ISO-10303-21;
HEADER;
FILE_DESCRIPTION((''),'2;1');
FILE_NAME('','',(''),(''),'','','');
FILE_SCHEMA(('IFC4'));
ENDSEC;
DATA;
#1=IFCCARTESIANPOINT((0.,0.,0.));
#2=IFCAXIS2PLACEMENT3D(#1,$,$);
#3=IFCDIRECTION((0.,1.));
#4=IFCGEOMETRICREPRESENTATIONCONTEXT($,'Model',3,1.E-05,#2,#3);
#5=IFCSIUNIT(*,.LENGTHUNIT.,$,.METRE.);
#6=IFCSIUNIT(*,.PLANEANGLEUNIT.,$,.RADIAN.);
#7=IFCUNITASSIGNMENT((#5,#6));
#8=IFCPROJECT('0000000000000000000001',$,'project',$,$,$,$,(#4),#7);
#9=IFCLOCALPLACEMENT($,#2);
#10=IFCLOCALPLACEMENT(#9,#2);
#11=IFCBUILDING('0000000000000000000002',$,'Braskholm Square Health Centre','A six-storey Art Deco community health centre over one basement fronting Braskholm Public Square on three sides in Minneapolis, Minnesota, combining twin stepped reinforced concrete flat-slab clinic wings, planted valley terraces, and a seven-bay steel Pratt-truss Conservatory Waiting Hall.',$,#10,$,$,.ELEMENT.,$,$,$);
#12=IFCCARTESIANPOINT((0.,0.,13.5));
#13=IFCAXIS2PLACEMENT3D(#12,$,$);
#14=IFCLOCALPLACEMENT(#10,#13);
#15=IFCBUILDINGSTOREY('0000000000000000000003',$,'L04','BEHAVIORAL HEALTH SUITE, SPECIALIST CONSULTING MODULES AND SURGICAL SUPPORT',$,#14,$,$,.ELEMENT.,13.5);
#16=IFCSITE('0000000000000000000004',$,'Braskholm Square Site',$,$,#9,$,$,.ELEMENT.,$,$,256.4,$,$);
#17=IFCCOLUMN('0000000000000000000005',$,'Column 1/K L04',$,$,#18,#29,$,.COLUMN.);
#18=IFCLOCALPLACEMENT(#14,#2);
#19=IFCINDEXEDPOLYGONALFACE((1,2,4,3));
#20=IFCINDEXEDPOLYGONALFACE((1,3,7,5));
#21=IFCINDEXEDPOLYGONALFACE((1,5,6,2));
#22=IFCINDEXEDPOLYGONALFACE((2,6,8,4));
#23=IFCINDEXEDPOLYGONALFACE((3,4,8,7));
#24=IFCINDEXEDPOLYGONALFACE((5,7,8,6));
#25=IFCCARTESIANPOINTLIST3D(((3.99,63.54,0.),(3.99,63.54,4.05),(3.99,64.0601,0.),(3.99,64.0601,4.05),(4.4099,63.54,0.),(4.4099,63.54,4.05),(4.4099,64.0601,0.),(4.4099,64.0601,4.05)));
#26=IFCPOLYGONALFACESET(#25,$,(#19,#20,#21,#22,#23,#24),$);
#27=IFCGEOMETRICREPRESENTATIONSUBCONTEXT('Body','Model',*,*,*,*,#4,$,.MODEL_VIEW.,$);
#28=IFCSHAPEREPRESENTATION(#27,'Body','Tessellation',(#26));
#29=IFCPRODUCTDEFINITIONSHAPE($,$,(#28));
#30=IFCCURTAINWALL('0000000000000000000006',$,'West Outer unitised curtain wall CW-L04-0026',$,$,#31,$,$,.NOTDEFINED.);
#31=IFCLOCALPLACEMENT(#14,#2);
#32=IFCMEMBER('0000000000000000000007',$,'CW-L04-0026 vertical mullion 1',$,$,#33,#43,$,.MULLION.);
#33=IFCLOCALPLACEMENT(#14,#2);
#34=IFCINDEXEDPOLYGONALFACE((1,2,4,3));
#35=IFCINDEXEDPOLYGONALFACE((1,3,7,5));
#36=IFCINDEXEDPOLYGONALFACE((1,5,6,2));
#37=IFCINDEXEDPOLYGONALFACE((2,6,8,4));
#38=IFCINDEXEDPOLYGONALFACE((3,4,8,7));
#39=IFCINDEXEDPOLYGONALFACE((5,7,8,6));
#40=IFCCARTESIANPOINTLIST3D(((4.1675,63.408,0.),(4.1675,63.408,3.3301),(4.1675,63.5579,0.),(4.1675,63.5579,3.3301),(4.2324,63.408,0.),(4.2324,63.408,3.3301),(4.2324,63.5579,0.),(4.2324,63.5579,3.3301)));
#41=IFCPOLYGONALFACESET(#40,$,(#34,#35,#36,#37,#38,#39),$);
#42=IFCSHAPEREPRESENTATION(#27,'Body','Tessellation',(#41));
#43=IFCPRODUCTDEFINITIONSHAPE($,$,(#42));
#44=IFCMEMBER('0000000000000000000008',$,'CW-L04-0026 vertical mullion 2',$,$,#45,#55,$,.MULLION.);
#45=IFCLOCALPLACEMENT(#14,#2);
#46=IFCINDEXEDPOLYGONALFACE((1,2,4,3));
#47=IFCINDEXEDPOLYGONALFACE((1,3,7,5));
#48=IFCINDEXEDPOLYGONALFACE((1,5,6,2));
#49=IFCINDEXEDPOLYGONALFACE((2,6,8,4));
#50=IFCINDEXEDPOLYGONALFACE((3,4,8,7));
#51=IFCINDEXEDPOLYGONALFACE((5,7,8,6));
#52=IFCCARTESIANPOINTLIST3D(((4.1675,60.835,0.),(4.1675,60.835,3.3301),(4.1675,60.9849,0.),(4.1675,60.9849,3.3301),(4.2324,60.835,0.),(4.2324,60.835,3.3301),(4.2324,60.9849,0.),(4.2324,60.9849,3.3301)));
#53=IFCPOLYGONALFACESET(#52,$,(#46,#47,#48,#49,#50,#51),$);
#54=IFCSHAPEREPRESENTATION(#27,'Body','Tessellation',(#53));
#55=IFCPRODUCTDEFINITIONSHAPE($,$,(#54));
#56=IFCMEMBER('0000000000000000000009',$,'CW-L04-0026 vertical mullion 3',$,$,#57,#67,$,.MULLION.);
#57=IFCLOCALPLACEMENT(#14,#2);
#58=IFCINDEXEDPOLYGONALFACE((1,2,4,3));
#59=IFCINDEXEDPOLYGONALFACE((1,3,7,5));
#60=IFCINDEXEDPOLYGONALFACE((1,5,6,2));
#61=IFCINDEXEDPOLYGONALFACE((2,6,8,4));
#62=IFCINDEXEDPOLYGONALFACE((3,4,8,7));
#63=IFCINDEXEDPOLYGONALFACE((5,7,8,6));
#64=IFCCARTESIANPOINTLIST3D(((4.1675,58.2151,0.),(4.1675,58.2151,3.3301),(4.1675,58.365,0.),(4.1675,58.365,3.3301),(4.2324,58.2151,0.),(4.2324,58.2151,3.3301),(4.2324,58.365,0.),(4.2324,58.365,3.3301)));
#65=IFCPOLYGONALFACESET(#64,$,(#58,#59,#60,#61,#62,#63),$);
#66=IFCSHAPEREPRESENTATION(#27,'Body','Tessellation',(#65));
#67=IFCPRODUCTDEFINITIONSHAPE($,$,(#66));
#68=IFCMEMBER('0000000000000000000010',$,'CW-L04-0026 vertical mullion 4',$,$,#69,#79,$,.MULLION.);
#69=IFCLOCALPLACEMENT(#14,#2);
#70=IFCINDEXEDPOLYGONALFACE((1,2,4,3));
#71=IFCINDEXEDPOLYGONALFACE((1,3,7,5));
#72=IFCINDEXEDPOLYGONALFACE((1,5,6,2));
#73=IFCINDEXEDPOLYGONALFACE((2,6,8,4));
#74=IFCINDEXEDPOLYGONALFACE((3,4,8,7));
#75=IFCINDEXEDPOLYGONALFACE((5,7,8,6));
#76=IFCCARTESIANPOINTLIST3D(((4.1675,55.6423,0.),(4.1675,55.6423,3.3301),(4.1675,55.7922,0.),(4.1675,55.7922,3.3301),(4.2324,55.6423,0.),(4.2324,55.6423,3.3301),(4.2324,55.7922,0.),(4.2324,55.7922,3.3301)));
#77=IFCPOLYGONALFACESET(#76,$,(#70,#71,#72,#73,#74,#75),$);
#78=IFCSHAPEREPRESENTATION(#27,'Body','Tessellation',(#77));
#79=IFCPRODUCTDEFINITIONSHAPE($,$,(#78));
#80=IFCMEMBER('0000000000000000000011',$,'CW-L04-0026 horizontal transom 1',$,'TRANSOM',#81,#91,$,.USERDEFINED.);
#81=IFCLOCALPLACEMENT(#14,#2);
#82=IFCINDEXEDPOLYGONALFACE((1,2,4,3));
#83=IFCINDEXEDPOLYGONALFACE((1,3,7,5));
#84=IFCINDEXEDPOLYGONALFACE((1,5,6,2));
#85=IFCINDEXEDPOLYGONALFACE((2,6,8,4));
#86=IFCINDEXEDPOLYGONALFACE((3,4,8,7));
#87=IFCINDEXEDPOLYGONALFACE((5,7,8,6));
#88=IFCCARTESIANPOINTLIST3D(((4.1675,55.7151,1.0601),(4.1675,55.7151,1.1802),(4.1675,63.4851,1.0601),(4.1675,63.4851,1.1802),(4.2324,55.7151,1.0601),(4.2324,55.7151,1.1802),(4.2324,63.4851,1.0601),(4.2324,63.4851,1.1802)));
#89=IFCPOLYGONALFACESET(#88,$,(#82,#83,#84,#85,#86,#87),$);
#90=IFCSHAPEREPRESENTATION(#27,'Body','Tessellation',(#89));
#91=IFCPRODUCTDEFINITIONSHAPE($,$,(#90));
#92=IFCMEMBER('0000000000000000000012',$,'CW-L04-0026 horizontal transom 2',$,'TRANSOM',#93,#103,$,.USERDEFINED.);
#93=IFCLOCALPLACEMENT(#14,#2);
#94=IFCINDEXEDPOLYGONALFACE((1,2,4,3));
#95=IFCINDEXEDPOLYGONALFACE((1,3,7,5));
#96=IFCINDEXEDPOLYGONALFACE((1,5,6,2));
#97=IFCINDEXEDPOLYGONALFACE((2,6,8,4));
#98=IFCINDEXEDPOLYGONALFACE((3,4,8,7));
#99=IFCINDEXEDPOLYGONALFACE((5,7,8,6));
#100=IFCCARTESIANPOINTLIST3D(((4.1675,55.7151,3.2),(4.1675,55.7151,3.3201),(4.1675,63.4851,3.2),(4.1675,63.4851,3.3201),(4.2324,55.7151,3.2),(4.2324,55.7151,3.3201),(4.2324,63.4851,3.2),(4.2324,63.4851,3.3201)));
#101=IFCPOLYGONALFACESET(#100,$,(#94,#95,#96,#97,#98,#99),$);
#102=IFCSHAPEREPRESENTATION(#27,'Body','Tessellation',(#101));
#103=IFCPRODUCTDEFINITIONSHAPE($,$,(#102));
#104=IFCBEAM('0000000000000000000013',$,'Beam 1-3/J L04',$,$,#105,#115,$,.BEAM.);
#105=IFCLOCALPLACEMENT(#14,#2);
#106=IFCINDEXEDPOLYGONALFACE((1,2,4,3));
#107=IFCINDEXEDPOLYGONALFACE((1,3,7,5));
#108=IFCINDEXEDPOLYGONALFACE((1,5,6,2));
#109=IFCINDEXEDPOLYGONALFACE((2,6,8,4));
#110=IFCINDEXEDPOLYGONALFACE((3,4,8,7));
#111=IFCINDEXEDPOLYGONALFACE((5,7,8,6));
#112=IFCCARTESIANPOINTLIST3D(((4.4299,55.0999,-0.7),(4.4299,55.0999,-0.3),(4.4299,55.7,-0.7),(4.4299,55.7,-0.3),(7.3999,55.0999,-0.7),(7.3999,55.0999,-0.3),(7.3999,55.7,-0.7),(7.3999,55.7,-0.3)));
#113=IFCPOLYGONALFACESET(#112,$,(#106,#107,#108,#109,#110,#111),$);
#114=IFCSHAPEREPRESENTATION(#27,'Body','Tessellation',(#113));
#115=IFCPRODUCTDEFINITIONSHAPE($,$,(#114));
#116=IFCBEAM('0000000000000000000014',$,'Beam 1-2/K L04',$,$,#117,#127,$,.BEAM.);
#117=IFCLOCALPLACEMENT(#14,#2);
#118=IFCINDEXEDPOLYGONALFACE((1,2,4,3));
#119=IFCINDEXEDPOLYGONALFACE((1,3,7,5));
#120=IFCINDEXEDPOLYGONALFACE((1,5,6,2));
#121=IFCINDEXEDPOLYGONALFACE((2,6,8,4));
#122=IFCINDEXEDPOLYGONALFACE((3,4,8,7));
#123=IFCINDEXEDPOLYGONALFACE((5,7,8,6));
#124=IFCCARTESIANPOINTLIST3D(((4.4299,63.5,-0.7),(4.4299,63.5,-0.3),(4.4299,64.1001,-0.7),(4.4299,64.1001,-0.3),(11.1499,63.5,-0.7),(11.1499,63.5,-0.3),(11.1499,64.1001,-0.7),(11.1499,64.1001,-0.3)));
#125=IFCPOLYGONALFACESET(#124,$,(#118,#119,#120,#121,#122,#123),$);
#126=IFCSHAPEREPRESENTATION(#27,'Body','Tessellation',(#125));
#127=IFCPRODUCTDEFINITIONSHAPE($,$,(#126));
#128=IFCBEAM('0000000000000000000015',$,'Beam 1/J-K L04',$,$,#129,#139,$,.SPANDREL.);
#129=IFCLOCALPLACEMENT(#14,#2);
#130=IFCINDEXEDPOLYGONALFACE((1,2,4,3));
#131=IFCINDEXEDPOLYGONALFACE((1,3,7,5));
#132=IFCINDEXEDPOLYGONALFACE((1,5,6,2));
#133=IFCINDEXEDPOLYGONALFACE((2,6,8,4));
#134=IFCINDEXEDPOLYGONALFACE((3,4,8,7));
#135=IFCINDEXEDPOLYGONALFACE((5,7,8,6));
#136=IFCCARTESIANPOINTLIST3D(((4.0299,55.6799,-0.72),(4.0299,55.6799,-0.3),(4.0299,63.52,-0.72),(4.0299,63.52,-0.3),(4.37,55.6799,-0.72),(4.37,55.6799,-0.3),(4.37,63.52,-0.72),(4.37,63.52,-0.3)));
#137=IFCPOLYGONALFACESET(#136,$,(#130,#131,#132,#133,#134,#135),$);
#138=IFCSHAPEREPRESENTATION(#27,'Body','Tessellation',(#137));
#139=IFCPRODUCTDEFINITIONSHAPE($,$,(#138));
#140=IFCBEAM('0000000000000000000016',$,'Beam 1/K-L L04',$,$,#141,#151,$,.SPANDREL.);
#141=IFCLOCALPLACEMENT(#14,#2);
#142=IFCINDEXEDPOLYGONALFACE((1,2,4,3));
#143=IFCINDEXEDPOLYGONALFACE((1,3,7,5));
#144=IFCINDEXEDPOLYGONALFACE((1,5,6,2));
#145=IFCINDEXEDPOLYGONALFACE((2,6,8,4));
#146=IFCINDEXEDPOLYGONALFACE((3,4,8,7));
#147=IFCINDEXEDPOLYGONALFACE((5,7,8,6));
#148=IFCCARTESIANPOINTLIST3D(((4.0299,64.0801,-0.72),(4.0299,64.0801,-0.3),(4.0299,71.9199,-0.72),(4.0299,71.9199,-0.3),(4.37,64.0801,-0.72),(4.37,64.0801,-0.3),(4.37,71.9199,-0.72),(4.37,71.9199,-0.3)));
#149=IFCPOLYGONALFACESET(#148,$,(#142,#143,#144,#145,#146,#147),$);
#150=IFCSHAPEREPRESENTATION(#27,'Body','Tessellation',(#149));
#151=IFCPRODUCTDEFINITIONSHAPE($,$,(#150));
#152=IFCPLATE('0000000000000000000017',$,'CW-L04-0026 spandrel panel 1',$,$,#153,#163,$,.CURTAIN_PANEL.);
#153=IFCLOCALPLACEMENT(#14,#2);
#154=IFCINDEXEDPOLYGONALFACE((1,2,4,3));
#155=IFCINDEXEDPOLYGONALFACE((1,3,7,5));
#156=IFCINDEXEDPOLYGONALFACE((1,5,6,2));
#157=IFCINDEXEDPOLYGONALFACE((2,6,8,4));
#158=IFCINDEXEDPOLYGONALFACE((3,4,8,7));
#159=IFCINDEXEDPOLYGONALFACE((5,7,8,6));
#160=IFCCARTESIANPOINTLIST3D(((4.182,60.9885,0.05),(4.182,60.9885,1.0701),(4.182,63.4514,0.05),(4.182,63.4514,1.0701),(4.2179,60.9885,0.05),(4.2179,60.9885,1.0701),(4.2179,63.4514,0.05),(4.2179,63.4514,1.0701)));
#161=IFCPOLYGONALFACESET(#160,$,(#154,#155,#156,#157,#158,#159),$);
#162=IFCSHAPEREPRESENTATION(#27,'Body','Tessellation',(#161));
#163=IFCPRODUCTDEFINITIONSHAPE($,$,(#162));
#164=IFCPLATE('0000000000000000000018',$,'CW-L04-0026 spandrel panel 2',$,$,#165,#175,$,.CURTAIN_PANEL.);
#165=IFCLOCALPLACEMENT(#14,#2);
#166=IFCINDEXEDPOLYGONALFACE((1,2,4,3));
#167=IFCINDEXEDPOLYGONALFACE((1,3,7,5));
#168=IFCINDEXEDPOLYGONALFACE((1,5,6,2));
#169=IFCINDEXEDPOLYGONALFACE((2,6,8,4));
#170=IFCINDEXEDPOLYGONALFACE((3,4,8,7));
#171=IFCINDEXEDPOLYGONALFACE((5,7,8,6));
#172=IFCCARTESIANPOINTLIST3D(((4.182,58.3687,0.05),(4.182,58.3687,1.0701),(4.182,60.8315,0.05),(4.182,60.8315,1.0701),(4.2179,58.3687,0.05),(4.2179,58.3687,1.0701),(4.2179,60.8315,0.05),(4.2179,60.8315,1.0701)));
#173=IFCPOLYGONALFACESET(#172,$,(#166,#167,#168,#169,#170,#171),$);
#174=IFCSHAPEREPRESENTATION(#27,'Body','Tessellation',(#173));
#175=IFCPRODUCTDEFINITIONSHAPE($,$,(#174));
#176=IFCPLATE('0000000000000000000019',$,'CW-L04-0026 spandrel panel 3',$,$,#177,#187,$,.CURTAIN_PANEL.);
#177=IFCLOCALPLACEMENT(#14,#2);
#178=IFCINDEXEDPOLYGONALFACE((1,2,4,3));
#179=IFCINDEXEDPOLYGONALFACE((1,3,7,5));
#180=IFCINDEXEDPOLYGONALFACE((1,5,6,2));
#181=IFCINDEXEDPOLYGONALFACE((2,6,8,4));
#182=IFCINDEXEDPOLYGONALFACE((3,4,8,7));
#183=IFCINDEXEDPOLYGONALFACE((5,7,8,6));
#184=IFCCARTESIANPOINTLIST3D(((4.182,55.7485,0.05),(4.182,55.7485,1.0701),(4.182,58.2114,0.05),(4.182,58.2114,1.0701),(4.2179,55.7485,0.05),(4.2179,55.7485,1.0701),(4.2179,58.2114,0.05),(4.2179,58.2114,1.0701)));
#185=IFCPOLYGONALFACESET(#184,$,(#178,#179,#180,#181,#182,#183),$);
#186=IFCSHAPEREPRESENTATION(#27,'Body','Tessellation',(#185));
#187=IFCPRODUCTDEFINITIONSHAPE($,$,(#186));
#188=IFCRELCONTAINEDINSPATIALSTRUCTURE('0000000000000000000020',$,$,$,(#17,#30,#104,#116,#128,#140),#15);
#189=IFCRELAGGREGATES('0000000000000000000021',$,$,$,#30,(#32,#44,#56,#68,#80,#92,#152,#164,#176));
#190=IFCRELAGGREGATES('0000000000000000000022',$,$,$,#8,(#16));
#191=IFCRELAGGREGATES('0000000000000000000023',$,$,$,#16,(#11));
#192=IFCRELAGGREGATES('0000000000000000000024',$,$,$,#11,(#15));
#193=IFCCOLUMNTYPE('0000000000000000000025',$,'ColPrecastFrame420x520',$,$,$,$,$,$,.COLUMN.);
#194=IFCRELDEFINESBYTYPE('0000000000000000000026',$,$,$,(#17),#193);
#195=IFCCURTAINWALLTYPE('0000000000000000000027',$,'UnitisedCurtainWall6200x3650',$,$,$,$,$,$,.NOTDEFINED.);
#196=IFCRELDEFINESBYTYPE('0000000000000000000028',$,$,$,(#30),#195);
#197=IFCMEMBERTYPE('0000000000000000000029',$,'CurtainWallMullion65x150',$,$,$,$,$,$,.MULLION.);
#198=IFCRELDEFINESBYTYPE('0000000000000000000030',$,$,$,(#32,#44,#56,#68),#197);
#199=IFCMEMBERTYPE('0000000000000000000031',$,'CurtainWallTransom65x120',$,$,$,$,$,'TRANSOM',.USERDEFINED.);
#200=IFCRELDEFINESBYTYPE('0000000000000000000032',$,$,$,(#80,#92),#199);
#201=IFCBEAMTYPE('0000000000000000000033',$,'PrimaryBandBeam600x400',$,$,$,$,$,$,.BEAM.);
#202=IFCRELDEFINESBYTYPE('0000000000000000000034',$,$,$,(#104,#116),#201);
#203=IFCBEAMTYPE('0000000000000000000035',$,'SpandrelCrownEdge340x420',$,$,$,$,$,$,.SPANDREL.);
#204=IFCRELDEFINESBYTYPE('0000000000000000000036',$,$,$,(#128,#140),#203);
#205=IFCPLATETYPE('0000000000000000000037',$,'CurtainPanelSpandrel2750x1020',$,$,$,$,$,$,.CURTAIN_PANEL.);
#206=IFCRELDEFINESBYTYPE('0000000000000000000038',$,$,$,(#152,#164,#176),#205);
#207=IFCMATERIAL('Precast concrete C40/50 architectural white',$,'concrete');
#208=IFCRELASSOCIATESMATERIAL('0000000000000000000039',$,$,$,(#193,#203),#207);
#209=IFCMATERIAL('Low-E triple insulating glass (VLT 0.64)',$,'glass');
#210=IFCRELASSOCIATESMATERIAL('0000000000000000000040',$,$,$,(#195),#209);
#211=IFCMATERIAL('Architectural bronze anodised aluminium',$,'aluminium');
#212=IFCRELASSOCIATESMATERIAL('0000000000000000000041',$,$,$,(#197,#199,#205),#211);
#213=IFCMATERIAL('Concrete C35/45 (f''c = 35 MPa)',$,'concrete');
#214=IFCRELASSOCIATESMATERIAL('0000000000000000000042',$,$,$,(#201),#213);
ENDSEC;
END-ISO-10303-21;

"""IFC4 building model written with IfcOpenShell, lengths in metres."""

from ifc_helpers import new_model, si_unit, direction, frame, origin, origin_2d, place, context, subcontext, project, spatial, rectangle, extrude, material, material_profile, profile_set, type_object, element, aggregate, save


model = new_model("IFC4")

# Units and contexts
model_context = context("Model", 3, precision=1e-05, world=origin(), true_north=direction((0.0, 1.0)))
body_context = subcontext(model_context, "Body", "Model", "MODEL_VIEW")
ifc_project = project(units=[si_unit("LENGTHUNIT", "METRE"), si_unit("PLANEANGLEUNIT", "RADIAN")], contexts=[model_context])

# Site, building, storey
site_placement = place(None, origin())
site = spatial("IfcSite", under=ifc_project, at=site_placement, Name="Braskholm Square Site", CompositionType="ELEMENT", RefElevation=256.4)
building_placement = place(site_placement, origin())
building = spatial("IfcBuilding", under=site, at=building_placement, Name="Braskholm Square Health Centre", Description="A six-storey Art Deco community health centre over one basement fronting Braskholm Public Square on three sides in Minneapolis, Minnesota, combining twin stepped reinforced concrete flat-slab clinic wings, planted valley terraces, and a seven-bay steel Pratt-truss Conservatory Waiting Hall.", CompositionType="ELEMENT")
storey_placement = place(building_placement, frame((0.0, 0.0, 13.5)))
storey = spatial("IfcBuildingStorey", under=building, at=storey_placement, Name="L04", Description="BEHAVIORAL HEALTH SUITE, SPECIALIST CONSULTING MODULES AND SURGICAL SUPPORT", CompositionType="ELEMENT", Elevation=13.5)

# Column
ifc_material_1 = material(Name="Precast concrete C40/50 architectural white", Category="concrete")
ifc_material_profile_1 = material_profile(ifc_material_1, rectangle(XDim=0.4199, YDim=0.52, at=origin_2d()), Name="RC-420X520")
ifc_profile_set_1 = profile_set([ifc_material_profile_1], Name="Precast concrete C40/50 architectural white")
column_type = type_object("IfcColumnType", Name="ColPrecastFrame420x520", PredefinedType="COLUMN", material=ifc_profile_set_1)
column_placement = place(storey_placement, frame((4.2, 63.8, 0.0), z_axis=(0.0, 0.0, 1.0), x_axis=(1.0, 0.0, 0.0)))
element("IfcColumn", 1, at=column_placement, inside=storey, type_object=column_type, Name="Column 1/K L04", PredefinedType="COLUMN", context=body_context, shape_type="SweptSolid", body=[
    extrude(rectangle(XDim=0.4199, YDim=0.52, at=origin_2d()), origin(), (0.0, 0.0, 1.0), 4.05),
])

# Curtain wall, members
ifc_material_2 = material(Name="Low-E triple insulating glass (VLT 0.64)", Category="glass")
curtain_wall_type = type_object("IfcCurtainWallType", Name="UnitisedCurtainWall6200x3650", PredefinedType="NOTDEFINED", material=ifc_material_2)
curtain_wall_placement = place(storey_placement, origin())
curtain_wall = element("IfcCurtainWall", 2, at=curtain_wall_placement, inside=storey, type_object=curtain_wall_type, Name="West Outer unitised curtain wall CW-L04-0026", PredefinedType="NOTDEFINED")
ifc_material_3 = material(Name="Architectural bronze anodised aluminium", Category="aluminium")
ifc_material_profile_2 = material_profile(ifc_material_3, rectangle(XDim=0.0649, YDim=0.1499, at=origin_2d()), Name="ALU-65X150")
ifc_profile_set_2 = profile_set([ifc_material_profile_2], Name="Architectural bronze anodised aluminium")
member_type_1 = type_object("IfcMemberType", Name="CurtainWallMullion65x150", PredefinedType="MULLION", material=ifc_profile_set_2)
member_1_placement = place(storey_placement, frame((4.2, 63.4829, 0.0), z_axis=(0.0, 0.0, 1.0), x_axis=(1.0, 0.0, 0.0)))
member_1 = element("IfcMember", 3, at=member_1_placement, type_object=member_type_1, Name="CW-L04-0026 vertical mullion 1", PredefinedType="MULLION", context=body_context, shape_type="SweptSolid", body=[
    extrude(rectangle(XDim=0.0649, YDim=0.1499, at=origin_2d()), origin(), (0.0, 0.0, 1.0), 3.3301),
])
member_2_placement = place(storey_placement, frame((4.2, 60.9099, 0.0), z_axis=(0.0, 0.0, 1.0), x_axis=(1.0, 0.0, 0.0)))
member_2 = element("IfcMember", 4, at=member_2_placement, type_object=member_type_1, Name="CW-L04-0026 vertical mullion 2", PredefinedType="MULLION", context=body_context, shape_type="SweptSolid", body=[
    extrude(rectangle(XDim=0.0649, YDim=0.1499, at=origin_2d()), origin(), (0.0, 0.0, 1.0), 3.3301),
])
member_3_placement = place(storey_placement, frame((4.2, 58.29, 0.0), z_axis=(0.0, 0.0, 1.0), x_axis=(1.0, 0.0, 0.0)))
member_3 = element("IfcMember", 5, at=member_3_placement, type_object=member_type_1, Name="CW-L04-0026 vertical mullion 3", PredefinedType="MULLION", context=body_context, shape_type="SweptSolid", body=[
    extrude(rectangle(XDim=0.0649, YDim=0.1499, at=origin_2d()), origin(), (0.0, 0.0, 1.0), 3.3301),
])
member_4_placement = place(storey_placement, frame((4.2, 55.7173, 0.0), z_axis=(0.0, 0.0, 1.0), x_axis=(1.0, 0.0, 0.0)))
member_4 = element("IfcMember", 6, at=member_4_placement, type_object=member_type_1, Name="CW-L04-0026 vertical mullion 4", PredefinedType="MULLION", context=body_context, shape_type="SweptSolid", body=[
    extrude(rectangle(XDim=0.0649, YDim=0.1499, at=origin_2d()), origin(), (0.0, 0.0, 1.0), 3.3301),
])
ifc_material_profile_3 = material_profile(ifc_material_3, rectangle(XDim=0.0649, YDim=0.1201, at=origin_2d()), Name="ALU-65X120")
ifc_profile_set_3 = profile_set([ifc_material_profile_3], Name="Architectural bronze anodised aluminium")
member_type_2 = type_object("IfcMemberType", Name="CurtainWallTransom65x120", ElementType="TRANSOM", PredefinedType="USERDEFINED", material=ifc_profile_set_3)
member_5_placement = place(storey_placement, frame((4.2, 63.4851, 1.1201), z_axis=(0.0, -1.0, 0.0), x_axis=(1.0, 0.0, 0.0)))
member_5 = element("IfcMember", 7, at=member_5_placement, type_object=member_type_2, Name="CW-L04-0026 horizontal transom 1", ObjectType="TRANSOM", PredefinedType="USERDEFINED", context=body_context, shape_type="SweptSolid", body=[
    extrude(rectangle(XDim=0.0649, YDim=0.1201, at=origin_2d()), origin(), (0.0, 0.0, 1.0), 7.77),
])
member_6_placement = place(storey_placement, frame((4.2, 63.4851, 3.26), z_axis=(0.0, -1.0, 0.0), x_axis=(1.0, 0.0, 0.0)))
member_6 = element("IfcMember", 8, at=member_6_placement, type_object=member_type_2, Name="CW-L04-0026 horizontal transom 2", ObjectType="TRANSOM", PredefinedType="USERDEFINED", context=body_context, shape_type="SweptSolid", body=[
    extrude(rectangle(XDim=0.0649, YDim=0.1201, at=origin_2d()), origin(), (0.0, 0.0, 1.0), 7.77),
])

# Beams
ifc_material_4 = material(Name="Concrete C35/45 (f'c = 35 MPa)", Category="concrete")
ifc_material_profile_4 = material_profile(ifc_material_4, rectangle(XDim=0.6001, YDim=0.3999, at=origin_2d()), Name="RCB-600X400")
ifc_profile_set_4 = profile_set([ifc_material_profile_4], Name="Concrete C35/45 (f'c = 35 MPa)")
beam_type_1 = type_object("IfcBeamType", Name="PrimaryBandBeam600x400", PredefinedType="BEAM", material=ifc_profile_set_4)
beam_1_placement = place(storey_placement, frame((4.4299, 55.3999, -0.5), z_axis=(1.0, 0.0, 0.0), x_axis=(0.0, 1.0, 0.0)))
element("IfcBeam", 9, at=beam_1_placement, inside=storey, type_object=beam_type_1, Name="Beam 1-3/J L04", PredefinedType="BEAM", context=body_context, shape_type="SweptSolid", body=[
    extrude(rectangle(XDim=0.6001, YDim=0.3999, at=origin_2d()), origin(), (0.0, 0.0, 1.0), 2.97),
])
beam_2_placement = place(storey_placement, frame((4.4299, 63.8, -0.5), z_axis=(1.0, 0.0, 0.0), x_axis=(0.0, 1.0, 0.0)))
element("IfcBeam", 10, at=beam_2_placement, inside=storey, type_object=beam_type_1, Name="Beam 1-2/K L04", PredefinedType="BEAM", context=body_context, shape_type="SweptSolid", body=[
    extrude(rectangle(XDim=0.6001, YDim=0.3999, at=origin_2d()), origin(), (0.0, 0.0, 1.0), 6.72),
])
ifc_material_profile_5 = material_profile(ifc_material_1, rectangle(XDim=0.3401, YDim=0.4199, at=origin_2d()), Name="RCB-340X420")
ifc_profile_set_5 = profile_set([ifc_material_profile_5], Name="Precast concrete C40/50 architectural white")
beam_type_2 = type_object("IfcBeamType", Name="SpandrelCrownEdge340x420", PredefinedType="SPANDREL", material=ifc_profile_set_5)
beam_3_placement = place(storey_placement, frame((4.2, 55.6799, -0.51), z_axis=(0.0, 1.0, 0.0), x_axis=(-1.0, 0.0, 0.0)))
element("IfcBeam", 11, at=beam_3_placement, inside=storey, type_object=beam_type_2, Name="Beam 1/J-K L04", PredefinedType="SPANDREL", context=body_context, shape_type="SweptSolid", body=[
    extrude(rectangle(XDim=0.3401, YDim=0.4199, at=origin_2d()), origin(), (0.0, 0.0, 1.0), 7.8401),
])
beam_4_placement = place(storey_placement, frame((4.2, 64.0801, -0.51), z_axis=(0.0, 1.0, 0.0), x_axis=(-1.0, 0.0, 0.0)))
element("IfcBeam", 12, at=beam_4_placement, inside=storey, type_object=beam_type_2, Name="Beam 1/K-L L04", PredefinedType="SPANDREL", context=body_context, shape_type="SweptSolid", body=[
    extrude(rectangle(XDim=0.3401, YDim=0.4199, at=origin_2d()), origin(), (0.0, 0.0, 1.0), 7.8398),
])

# Plates
plate_type_1 = type_object("IfcPlateType", Name="CurtainPanelSpandrel2750x1020", PredefinedType="CURTAIN_PANEL", material=ifc_material_3)
plate_1_placement = place(storey_placement, frame((4.2, 62.22, 0.05), z_axis=(0.0, 0.0, 1.0), x_axis=(0.0, -1.0, 0.0)))
plate_1 = element("IfcPlate", 13, at=plate_1_placement, type_object=plate_type_1, Name="CW-L04-0026 spandrel panel 1", PredefinedType="CURTAIN_PANEL", context=body_context, shape_type="SweptSolid", body=[
    extrude(rectangle(XDim=2.4629, YDim=0.0359, at=origin_2d()), origin(), (0.0, 0.0, 1.0), 1.02),
])
plate_2_placement = place(storey_placement, frame((4.2, 59.6001, 0.05), z_axis=(0.0, 0.0, 1.0), x_axis=(0.0, -1.0, 0.0)))
plate_2 = element("IfcPlate", 14, at=plate_2_placement, type_object=plate_type_1, Name="CW-L04-0026 spandrel panel 2", PredefinedType="CURTAIN_PANEL", context=body_context, shape_type="SweptSolid", body=[
    extrude(rectangle(XDim=2.4629, YDim=0.0359, at=origin_2d()), origin(), (0.0, 0.0, 1.0), 1.02),
])
plate_3_placement = place(storey_placement, frame((4.2, 56.98, 0.05), z_axis=(0.0, 0.0, 1.0), x_axis=(0.0, -1.0, 0.0)))
plate_3 = element("IfcPlate", 15, at=plate_3_placement, type_object=plate_type_1, Name="CW-L04-0026 spandrel panel 3", PredefinedType="CURTAIN_PANEL", context=body_context, shape_type="SweptSolid", body=[
    extrude(rectangle(XDim=2.4629, YDim=0.0359, at=origin_2d()), origin(), (0.0, 0.0, 1.0), 1.02),
])
aggregate(curtain_wall, [member_1, member_2, member_3, member_4, member_5, member_6, plate_1, plate_2, plate_3])

save(model, "model.ifc")
